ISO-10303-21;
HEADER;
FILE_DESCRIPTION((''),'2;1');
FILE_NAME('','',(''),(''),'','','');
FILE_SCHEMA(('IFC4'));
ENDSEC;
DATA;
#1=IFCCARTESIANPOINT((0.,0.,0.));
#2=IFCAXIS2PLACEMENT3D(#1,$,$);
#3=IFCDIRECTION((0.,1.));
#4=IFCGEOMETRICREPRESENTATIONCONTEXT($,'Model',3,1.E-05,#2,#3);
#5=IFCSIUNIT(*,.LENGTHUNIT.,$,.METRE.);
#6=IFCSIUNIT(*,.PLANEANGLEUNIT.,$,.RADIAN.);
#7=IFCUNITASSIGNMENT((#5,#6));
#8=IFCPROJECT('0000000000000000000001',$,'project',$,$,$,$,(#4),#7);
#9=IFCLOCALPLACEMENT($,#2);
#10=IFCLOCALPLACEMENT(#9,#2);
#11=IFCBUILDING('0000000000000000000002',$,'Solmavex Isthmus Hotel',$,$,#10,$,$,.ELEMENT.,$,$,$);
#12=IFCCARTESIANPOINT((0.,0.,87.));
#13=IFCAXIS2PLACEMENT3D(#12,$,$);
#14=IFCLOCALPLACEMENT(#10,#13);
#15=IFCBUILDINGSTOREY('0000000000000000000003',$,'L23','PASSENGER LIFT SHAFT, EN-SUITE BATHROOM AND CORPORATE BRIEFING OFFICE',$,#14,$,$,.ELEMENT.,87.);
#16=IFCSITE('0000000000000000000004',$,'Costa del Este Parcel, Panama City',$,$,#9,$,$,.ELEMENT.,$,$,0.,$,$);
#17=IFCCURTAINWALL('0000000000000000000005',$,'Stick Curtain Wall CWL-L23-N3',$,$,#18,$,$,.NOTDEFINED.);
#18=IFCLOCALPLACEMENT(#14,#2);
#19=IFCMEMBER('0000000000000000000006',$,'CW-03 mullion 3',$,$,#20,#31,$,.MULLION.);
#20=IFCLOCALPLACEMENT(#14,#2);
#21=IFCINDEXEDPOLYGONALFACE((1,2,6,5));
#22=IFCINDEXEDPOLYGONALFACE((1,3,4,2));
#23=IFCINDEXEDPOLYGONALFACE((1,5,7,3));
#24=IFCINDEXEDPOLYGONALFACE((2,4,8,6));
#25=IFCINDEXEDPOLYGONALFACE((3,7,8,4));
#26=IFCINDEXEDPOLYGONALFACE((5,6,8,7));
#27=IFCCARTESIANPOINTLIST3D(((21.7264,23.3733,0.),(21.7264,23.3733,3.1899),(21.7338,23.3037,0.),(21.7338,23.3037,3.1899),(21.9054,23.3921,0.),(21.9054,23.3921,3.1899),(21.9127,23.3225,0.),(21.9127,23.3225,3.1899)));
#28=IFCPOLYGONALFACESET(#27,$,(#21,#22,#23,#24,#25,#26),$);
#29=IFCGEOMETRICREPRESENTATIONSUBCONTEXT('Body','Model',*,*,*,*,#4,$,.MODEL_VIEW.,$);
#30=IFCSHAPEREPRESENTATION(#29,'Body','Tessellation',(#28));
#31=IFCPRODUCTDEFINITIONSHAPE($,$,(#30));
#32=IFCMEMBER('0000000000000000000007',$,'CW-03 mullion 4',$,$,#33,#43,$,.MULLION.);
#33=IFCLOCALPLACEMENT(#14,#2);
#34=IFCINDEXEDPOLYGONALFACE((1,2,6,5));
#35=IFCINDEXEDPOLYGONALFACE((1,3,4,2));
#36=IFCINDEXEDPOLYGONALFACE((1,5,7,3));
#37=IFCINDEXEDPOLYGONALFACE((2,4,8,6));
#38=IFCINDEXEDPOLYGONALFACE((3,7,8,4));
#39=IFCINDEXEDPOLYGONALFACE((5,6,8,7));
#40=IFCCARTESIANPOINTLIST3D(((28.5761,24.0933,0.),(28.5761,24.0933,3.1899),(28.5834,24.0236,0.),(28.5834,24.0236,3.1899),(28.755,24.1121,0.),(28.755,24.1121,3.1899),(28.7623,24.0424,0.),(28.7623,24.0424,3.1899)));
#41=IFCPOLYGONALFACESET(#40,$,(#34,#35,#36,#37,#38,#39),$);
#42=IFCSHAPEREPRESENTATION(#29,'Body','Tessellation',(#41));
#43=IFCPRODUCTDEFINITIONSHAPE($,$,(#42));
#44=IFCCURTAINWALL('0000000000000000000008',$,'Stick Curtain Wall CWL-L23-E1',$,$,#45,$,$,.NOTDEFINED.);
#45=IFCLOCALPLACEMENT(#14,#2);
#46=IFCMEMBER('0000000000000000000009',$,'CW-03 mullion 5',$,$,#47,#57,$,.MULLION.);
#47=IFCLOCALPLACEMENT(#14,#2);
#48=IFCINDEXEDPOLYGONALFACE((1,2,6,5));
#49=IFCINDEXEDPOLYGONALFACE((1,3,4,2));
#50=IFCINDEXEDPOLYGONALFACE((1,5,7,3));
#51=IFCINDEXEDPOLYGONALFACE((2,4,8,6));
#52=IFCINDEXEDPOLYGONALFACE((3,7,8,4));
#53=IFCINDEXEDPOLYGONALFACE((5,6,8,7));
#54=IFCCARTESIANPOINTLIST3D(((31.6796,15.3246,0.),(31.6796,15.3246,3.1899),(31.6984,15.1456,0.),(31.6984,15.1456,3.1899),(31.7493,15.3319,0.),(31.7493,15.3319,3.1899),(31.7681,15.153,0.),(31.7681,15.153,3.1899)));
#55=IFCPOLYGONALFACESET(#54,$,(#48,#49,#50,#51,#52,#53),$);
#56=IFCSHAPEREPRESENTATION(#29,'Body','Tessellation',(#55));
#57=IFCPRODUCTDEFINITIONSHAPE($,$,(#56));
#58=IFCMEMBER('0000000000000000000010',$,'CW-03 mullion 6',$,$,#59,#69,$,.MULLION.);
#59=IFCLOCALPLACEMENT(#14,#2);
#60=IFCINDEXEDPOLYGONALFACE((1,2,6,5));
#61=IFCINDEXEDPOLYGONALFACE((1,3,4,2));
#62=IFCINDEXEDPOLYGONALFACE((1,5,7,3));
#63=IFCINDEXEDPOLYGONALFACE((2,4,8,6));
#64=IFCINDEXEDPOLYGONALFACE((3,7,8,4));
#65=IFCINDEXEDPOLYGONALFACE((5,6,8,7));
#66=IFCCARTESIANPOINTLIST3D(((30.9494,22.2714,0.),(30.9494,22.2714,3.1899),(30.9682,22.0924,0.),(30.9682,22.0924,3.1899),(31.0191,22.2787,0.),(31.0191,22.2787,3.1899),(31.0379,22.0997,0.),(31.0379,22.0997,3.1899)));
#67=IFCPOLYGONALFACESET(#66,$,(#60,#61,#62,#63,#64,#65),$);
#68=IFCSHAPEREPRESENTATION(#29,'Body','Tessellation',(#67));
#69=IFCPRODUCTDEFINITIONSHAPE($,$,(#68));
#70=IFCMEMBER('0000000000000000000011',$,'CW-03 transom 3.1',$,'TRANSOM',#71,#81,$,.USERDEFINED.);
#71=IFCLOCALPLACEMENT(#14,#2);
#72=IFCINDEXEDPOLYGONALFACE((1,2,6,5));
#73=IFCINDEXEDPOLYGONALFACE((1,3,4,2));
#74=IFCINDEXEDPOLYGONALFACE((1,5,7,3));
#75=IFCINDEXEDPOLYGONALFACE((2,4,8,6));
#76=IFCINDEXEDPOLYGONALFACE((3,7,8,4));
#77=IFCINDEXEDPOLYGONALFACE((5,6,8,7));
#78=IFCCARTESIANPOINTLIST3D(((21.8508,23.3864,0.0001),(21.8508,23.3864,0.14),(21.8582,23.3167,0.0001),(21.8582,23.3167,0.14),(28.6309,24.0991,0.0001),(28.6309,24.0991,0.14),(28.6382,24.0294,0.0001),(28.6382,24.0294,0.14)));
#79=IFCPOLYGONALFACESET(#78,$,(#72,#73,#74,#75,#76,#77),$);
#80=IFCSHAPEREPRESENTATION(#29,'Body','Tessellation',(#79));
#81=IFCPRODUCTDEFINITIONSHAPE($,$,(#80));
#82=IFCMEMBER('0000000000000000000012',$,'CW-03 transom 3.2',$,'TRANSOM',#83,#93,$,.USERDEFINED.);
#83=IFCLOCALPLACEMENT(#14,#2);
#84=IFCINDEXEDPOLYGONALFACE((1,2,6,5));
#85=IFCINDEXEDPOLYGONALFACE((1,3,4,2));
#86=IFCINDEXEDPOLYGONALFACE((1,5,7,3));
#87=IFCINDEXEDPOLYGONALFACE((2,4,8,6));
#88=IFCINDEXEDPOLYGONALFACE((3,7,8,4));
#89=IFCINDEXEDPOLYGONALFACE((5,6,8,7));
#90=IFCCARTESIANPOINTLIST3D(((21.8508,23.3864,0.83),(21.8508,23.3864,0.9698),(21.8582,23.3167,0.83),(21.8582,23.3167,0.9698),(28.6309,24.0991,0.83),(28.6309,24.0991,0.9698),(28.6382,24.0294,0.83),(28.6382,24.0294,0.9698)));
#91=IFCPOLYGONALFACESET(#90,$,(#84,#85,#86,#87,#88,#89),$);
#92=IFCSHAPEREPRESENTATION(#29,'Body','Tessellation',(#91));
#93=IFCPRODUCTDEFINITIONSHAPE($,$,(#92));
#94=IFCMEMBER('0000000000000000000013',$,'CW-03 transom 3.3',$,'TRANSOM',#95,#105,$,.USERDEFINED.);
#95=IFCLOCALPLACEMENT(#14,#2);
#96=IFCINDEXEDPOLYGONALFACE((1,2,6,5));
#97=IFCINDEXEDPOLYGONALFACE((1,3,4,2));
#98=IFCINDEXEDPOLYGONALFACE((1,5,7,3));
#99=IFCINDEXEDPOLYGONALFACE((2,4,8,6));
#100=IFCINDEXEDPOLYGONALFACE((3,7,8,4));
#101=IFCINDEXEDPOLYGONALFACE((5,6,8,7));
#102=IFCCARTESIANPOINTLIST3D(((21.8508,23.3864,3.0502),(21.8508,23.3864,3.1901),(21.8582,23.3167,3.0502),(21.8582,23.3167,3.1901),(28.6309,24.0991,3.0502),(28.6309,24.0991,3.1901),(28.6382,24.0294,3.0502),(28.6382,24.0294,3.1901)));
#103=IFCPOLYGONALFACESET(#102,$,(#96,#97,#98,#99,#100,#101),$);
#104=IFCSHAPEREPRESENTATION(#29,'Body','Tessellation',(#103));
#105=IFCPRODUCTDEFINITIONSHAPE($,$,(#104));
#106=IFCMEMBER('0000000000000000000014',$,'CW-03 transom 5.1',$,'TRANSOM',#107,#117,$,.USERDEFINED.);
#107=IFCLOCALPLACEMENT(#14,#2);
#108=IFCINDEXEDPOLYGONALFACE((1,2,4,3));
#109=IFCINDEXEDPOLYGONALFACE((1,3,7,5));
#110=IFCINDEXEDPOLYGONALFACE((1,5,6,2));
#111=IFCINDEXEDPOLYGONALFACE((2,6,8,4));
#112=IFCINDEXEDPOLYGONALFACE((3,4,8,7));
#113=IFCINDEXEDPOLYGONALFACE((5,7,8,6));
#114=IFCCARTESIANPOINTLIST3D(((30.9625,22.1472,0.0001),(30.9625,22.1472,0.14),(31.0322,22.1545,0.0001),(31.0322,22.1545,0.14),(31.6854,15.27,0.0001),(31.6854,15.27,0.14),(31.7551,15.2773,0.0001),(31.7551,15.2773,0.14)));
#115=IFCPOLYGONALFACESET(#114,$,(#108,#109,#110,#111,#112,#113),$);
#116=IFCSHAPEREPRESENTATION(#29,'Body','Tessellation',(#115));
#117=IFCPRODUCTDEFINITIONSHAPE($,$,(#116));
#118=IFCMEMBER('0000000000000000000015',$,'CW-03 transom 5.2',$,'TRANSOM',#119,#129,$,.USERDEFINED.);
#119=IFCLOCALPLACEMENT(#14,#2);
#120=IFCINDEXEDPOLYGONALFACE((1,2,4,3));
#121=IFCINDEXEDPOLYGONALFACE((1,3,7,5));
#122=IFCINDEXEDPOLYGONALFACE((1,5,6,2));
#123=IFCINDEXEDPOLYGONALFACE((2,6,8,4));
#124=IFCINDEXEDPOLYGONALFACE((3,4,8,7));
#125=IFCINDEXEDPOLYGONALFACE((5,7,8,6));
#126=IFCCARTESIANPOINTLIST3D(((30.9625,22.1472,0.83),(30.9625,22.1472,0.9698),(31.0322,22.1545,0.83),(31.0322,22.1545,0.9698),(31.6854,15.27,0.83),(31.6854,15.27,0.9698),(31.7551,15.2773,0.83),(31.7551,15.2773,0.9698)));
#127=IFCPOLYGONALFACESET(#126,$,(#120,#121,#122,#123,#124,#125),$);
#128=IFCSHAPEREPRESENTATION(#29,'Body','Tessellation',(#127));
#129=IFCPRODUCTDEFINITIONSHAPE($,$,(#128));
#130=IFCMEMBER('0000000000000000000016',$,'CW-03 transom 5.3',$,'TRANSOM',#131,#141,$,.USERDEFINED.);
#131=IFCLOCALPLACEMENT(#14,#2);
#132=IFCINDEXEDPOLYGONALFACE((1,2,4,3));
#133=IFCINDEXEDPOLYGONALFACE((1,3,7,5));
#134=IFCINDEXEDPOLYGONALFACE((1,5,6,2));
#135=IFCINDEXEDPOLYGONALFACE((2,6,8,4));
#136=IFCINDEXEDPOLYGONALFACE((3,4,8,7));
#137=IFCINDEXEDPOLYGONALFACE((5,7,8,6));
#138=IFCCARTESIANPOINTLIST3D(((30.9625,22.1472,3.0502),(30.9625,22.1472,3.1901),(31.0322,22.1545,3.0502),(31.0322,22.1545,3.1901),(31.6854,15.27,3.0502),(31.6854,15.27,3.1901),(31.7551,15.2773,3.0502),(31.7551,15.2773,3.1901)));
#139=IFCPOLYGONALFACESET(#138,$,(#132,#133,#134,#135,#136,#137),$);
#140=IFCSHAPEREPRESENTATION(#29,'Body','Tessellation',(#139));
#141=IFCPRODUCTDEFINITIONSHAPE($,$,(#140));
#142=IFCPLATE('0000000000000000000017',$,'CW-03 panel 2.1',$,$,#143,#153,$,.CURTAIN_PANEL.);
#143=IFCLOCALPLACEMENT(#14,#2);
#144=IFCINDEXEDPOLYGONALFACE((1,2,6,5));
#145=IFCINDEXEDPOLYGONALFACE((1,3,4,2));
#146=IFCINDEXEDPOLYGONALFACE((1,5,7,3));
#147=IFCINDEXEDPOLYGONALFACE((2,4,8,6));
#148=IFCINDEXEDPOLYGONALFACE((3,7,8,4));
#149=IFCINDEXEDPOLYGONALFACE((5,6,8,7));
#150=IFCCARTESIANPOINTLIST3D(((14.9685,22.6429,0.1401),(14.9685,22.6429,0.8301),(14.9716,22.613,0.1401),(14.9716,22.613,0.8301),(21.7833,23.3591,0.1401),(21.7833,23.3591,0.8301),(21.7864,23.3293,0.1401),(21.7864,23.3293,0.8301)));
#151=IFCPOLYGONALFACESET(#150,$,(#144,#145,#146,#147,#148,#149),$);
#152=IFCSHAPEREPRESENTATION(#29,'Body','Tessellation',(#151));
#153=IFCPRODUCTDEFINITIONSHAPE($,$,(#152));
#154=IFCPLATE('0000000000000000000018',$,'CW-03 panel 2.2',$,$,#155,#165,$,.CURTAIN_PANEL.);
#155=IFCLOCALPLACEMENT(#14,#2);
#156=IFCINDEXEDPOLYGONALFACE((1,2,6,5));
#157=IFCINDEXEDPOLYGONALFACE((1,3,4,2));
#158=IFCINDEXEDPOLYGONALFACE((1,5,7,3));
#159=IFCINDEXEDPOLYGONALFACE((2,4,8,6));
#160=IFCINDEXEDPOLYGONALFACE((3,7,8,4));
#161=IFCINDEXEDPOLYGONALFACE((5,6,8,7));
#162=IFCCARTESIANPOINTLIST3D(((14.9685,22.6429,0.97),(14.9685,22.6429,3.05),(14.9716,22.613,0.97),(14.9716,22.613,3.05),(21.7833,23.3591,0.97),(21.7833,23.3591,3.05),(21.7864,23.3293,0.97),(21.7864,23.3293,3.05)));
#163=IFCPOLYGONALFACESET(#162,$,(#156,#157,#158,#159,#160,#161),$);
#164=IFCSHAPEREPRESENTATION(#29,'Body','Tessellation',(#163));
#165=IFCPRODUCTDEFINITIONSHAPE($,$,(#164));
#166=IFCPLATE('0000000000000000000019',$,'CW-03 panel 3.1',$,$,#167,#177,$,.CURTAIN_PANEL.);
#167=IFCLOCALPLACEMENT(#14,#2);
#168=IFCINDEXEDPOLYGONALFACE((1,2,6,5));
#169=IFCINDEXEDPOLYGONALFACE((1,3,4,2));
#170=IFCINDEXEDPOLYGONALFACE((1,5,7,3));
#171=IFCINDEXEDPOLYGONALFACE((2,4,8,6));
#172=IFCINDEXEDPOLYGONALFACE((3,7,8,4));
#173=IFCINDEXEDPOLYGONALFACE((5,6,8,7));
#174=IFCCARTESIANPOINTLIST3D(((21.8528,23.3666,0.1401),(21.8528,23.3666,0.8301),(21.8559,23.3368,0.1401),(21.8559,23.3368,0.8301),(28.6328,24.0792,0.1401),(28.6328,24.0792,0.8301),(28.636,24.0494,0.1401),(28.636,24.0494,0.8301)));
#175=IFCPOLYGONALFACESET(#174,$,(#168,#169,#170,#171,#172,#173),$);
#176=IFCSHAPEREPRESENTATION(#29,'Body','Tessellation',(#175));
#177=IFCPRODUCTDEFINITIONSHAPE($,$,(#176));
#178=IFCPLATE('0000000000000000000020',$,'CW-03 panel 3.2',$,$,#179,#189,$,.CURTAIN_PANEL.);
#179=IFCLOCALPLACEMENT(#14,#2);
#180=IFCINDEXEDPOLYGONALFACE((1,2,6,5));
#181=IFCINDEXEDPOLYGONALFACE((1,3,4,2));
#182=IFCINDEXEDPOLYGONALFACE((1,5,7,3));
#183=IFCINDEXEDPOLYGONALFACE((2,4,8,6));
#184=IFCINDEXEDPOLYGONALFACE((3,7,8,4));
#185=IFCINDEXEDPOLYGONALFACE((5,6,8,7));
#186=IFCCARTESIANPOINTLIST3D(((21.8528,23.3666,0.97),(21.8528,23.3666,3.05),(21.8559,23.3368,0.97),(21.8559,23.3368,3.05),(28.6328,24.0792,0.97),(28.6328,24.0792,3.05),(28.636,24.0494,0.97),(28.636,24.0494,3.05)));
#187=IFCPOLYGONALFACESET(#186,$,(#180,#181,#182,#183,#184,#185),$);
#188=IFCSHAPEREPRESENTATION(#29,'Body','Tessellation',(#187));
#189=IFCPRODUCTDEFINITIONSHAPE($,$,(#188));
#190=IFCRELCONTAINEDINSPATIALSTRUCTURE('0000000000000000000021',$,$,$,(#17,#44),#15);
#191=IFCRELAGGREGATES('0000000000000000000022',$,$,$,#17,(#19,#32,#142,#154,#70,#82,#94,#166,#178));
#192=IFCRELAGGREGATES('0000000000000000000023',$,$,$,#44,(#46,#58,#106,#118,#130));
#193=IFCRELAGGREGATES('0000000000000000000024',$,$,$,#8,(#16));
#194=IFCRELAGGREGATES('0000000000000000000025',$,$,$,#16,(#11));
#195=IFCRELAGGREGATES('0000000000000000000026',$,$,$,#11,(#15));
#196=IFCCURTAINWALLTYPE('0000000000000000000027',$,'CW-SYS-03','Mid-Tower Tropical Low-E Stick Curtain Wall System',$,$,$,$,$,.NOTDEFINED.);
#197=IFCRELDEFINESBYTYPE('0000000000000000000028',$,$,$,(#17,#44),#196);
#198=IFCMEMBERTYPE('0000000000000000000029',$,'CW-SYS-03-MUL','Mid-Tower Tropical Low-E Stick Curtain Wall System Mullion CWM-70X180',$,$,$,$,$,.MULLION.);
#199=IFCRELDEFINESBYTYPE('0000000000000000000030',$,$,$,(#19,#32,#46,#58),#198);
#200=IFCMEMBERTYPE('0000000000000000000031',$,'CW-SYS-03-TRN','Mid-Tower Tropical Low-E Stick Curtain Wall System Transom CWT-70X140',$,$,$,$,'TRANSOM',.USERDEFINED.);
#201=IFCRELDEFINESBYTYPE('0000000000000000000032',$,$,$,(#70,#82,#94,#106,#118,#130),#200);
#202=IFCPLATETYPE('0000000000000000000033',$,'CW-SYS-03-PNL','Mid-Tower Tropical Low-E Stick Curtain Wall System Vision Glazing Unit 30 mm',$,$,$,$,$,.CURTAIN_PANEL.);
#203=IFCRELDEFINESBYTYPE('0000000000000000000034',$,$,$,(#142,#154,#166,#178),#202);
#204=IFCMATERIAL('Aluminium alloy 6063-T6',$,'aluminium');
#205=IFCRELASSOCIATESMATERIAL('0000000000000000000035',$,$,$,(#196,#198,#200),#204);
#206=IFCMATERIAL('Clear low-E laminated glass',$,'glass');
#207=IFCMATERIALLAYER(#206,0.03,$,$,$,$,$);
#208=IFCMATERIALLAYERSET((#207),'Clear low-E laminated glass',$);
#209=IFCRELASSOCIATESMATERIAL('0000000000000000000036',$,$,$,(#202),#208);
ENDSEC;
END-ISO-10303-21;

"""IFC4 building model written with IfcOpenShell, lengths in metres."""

from ifc_helpers import new_model, si_unit, direction, frame, origin, origin_2d, place, context, subcontext, project, spatial, rectangle, extrude, material, layer, layer_set, material_profile, profile_set, type_object, element, aggregate, save


model = new_model("IFC4")

# Units and contexts
model_context = context("Model", 3, precision=1e-05, world=origin(), true_north=direction((0.0, 1.0)))
body_context = subcontext(model_context, "Body", "Model", "MODEL_VIEW")
ifc_project = project(units=[si_unit("LENGTHUNIT", "METRE"), si_unit("PLANEANGLEUNIT", "RADIAN")], contexts=[model_context])

# Site, building, storey
site_placement = place(None, origin())
site = spatial("IfcSite", under=ifc_project, at=site_placement, Name="Costa del Este Parcel, Panama City", CompositionType="ELEMENT", RefElevation=0.0)
building_placement = place(site_placement, origin())
building = spatial("IfcBuilding", under=site, at=building_placement, Name="Solmavex Isthmus Hotel", CompositionType="ELEMENT")
storey_placement = place(building_placement, frame((0.0, 0.0, 87.0)))
storey = spatial("IfcBuildingStorey", under=building, at=storey_placement, Name="L23", Description="PASSENGER LIFT SHAFT, EN-SUITE BATHROOM AND CORPORATE BRIEFING OFFICE", CompositionType="ELEMENT", Elevation=87.0)

# Curtain walls, members
ifc_material_1 = material(Name="Aluminium alloy 6063-T6", Category="aluminium")
curtain_wall_type = type_object("IfcCurtainWallType", Name="CW-SYS-03", Description="Mid-Tower Tropical Low-E Stick Curtain Wall System", PredefinedType="NOTDEFINED", material=ifc_material_1)
curtain_wall_1_placement = place(storey_placement, origin())
curtain_wall_1 = element("IfcCurtainWall", 1, at=curtain_wall_1_placement, inside=storey, type_object=curtain_wall_type, Name="Stick Curtain Wall CWL-L23-N3", PredefinedType="NOTDEFINED")
ifc_material_profile_1 = material_profile(ifc_material_1, rectangle(XDim=0.0701, YDim=0.1799, at=origin_2d()), Name="CWM-70X180")
ifc_profile_set_1 = profile_set([ifc_material_profile_1], Name="Aluminium alloy 6063-T6")
member_type_1 = type_object("IfcMemberType", Name="CW-SYS-03-MUL", Description="Mid-Tower Tropical Low-E Stick Curtain Wall System Mullion CWM-70X180", PredefinedType="MULLION", material=ifc_profile_set_1)
member_1_placement = place(storey_placement, frame((21.8196, 23.3479, 0.0), z_axis=(0.0, 0.0, 1.0), x_axis=(-0.104528, 0.994522, 0.0)))
member_1 = element("IfcMember", 2, at=member_1_placement, type_object=member_type_1, Name="CW-03 mullion 3", PredefinedType="MULLION", context=body_context, shape_type="SweptSolid", body=[
    extrude(rectangle(XDim=0.0701, YDim=0.1799, at=origin_2d()), origin(), (0.0, 0.0, 1.0), 3.1899),
])
member_2_placement = place(storey_placement, frame((28.6692, 24.0679, 0.0), z_axis=(0.0, 0.0, 1.0), x_axis=(-0.104528, 0.994522, 0.0)))
member_2 = element("IfcMember", 3, at=member_2_placement, type_object=member_type_1, Name="CW-03 mullion 4", PredefinedType="MULLION", context=body_context, shape_type="SweptSolid", body=[
    extrude(rectangle(XDim=0.0701, YDim=0.1799, at=origin_2d()), origin(), (0.0, 0.0, 1.0), 3.1899),
])
curtain_wall_2_placement = place(storey_placement, origin())
curtain_wall_2 = element("IfcCurtainWall", 4, at=curtain_wall_2_placement, inside=storey, type_object=curtain_wall_type, Name="Stick Curtain Wall CWL-L23-E1", PredefinedType="NOTDEFINED")
member_3_placement = place(storey_placement, frame((31.7239, 15.2388, 0.0), z_axis=(0.0, 0.0, 1.0), x_axis=(-0.994522, -0.104528, 0.0)))
member_3 = element("IfcMember", 5, at=member_3_placement, type_object=member_type_1, Name="CW-03 mullion 5", PredefinedType="MULLION", context=body_context, shape_type="SweptSolid", body=[
    extrude(rectangle(XDim=0.0701, YDim=0.1799, at=origin_2d()), origin(), (0.0, 0.0, 1.0), 3.1899),
])
member_4_placement = place(storey_placement, frame((30.9937, 22.1855, 0.0), z_axis=(0.0, 0.0, 1.0), x_axis=(-0.994522, -0.104528, 0.0)))
member_4 = element("IfcMember", 6, at=member_4_placement, type_object=member_type_1, Name="CW-03 mullion 6", PredefinedType="MULLION", context=body_context, shape_type="SweptSolid", body=[
    extrude(rectangle(XDim=0.0701, YDim=0.1799, at=origin_2d()), origin(), (0.0, 0.0, 1.0), 3.1899),
])

# Members
ifc_material_profile_2 = material_profile(ifc_material_1, rectangle(XDim=0.0701, YDim=0.1399, at=origin_2d()), Name="CWT-70X140")
ifc_profile_set_2 = profile_set([ifc_material_profile_2], Name="Aluminium alloy 6063-T6")
member_type_2 = type_object("IfcMemberType", Name="CW-SYS-03-TRN", Description="Mid-Tower Tropical Low-E Stick Curtain Wall System Transom CWT-70X140", ElementType="TRANSOM", PredefinedType="USERDEFINED", material=ifc_profile_set_2)
member_5_placement = place(storey_placement, frame((21.8545, 23.3516, 0.0701), z_axis=(0.994521, 0.104534, 0.0), x_axis=(-0.104534, 0.994521, 0.0)))
member_5 = element("IfcMember", 7, at=member_5_placement, type_object=member_type_2, Name="CW-03 transom 3.1", ObjectType="TRANSOM", PredefinedType="USERDEFINED", context=body_context, shape_type="SweptSolid", body=[
    extrude(rectangle(XDim=0.0701, YDim=0.1399, at=origin_2d()), origin(), (0.0, 0.0, 1.0), 6.8174),
])
member_6_placement = place(storey_placement, frame((21.8545, 23.3516, 0.8999), z_axis=(0.994521, 0.104534, 0.0), x_axis=(-0.104534, 0.994521, 0.0)))
member_6 = element("IfcMember", 8, at=member_6_placement, type_object=member_type_2, Name="CW-03 transom 3.2", ObjectType="TRANSOM", PredefinedType="USERDEFINED", context=body_context, shape_type="SweptSolid", body=[
    extrude(rectangle(XDim=0.0701, YDim=0.1399, at=origin_2d()), origin(), (0.0, 0.0, 1.0), 6.8174),
])
member_7_placement = place(storey_placement, frame((21.8545, 23.3516, 3.1201), z_axis=(0.994521, 0.104534, 0.0), x_axis=(-0.104534, 0.994521, 0.0)))
member_7 = element("IfcMember", 9, at=member_7_placement, type_object=member_type_2, Name="CW-03 transom 3.3", ObjectType="TRANSOM", PredefinedType="USERDEFINED", context=body_context, shape_type="SweptSolid", body=[
    extrude(rectangle(XDim=0.0701, YDim=0.1399, at=origin_2d()), origin(), (0.0, 0.0, 1.0), 6.8174),
])
member_8_placement = place(storey_placement, frame((31.7202, 15.2737, 0.0701), z_axis=(-0.10454, 0.994521, 0.0), x_axis=(-0.994521, -0.10454, 0.0)))
member_8 = element("IfcMember", 10, at=member_8_placement, type_object=member_type_2, Name="CW-03 transom 5.1", ObjectType="TRANSOM", PredefinedType="USERDEFINED", context=body_context, shape_type="SweptSolid", body=[
    extrude(rectangle(XDim=0.0701, YDim=0.1399, at=origin_2d()), origin(), (0.0, 0.0, 1.0), 6.915),
])
member_9_placement = place(storey_placement, frame((31.7202, 15.2737, 0.8999), z_axis=(-0.10454, 0.994521, 0.0), x_axis=(-0.994521, -0.10454, 0.0)))
member_9 = element("IfcMember", 11, at=member_9_placement, type_object=member_type_2, Name="CW-03 transom 5.2", ObjectType="TRANSOM", PredefinedType="USERDEFINED", context=body_context, shape_type="SweptSolid", body=[
    extrude(rectangle(XDim=0.0701, YDim=0.1399, at=origin_2d()), origin(), (0.0, 0.0, 1.0), 6.915),
])
member_10_placement = place(storey_placement, frame((31.7202, 15.2737, 3.1201), z_axis=(-0.10454, 0.994521, 0.0), x_axis=(-0.994521, -0.10454, 0.0)))
member_10 = element("IfcMember", 12, at=member_10_placement, type_object=member_type_2, Name="CW-03 transom 5.3", ObjectType="TRANSOM", PredefinedType="USERDEFINED", context=body_context, shape_type="SweptSolid", body=[
    extrude(rectangle(XDim=0.0701, YDim=0.1399, at=origin_2d()), origin(), (0.0, 0.0, 1.0), 6.915),
])

# Plates
ifc_material_2 = material(Name="Clear low-E laminated glass", Category="glass")
ifc_layer_1 = layer(ifc_material_2, 0.03)
ifc_layer_set_1 = layer_set([ifc_layer_1], Name="Clear low-E laminated glass")
plate_type = type_object("IfcPlateType", Name="CW-SYS-03-PNL", Description="Mid-Tower Tropical Low-E Stick Curtain Wall System Vision Glazing Unit 30 mm", PredefinedType="CURTAIN_PANEL", material=ifc_layer_set_1)
plate_1_placement = place(storey_placement, frame((18.3774, 22.9861, 0.1401), z_axis=(0.0, 0.0, 1.0), x_axis=(0.994522, 0.104528, 0.0)))
plate_1 = element("IfcPlate", 13, at=plate_1_placement, type_object=plate_type, Name="CW-03 panel 2.1", PredefinedType="CURTAIN_PANEL", context=body_context, shape_type="SweptSolid", body=[
    extrude(rectangle(XDim=6.8523, YDim=0.03, at=origin_2d()), origin(), (0.0, 0.0, 1.0), 0.6899),
])
plate_2_placement = place(storey_placement, frame((18.3774, 22.9861, 0.97), z_axis=(0.0, 0.0, 1.0), x_axis=(0.994522, 0.104528, 0.0)))
plate_2 = element("IfcPlate", 14, at=plate_2_placement, type_object=plate_type, Name="CW-03 panel 2.2", PredefinedType="CURTAIN_PANEL", context=body_context, shape_type="SweptSolid", body=[
    extrude(rectangle(XDim=6.8523, YDim=0.03, at=origin_2d()), origin(), (0.0, 0.0, 1.0), 2.0801),
])
plate_3_placement = place(storey_placement, frame((25.2444, 23.708, 0.1401), z_axis=(0.0, 0.0, 1.0), x_axis=(0.994522, 0.104528, 0.0)))
plate_3 = element("IfcPlate", 15, at=plate_3_placement, type_object=plate_type, Name="CW-03 panel 3.1", PredefinedType="CURTAIN_PANEL", context=body_context, shape_type="SweptSolid", body=[
    extrude(rectangle(XDim=6.8174, YDim=0.03, at=origin_2d()), origin(), (0.0, 0.0, 1.0), 0.6899),
])
plate_4_placement = place(storey_placement, frame((25.2444, 23.708, 0.97), z_axis=(0.0, 0.0, 1.0), x_axis=(0.994522, 0.104528, 0.0)))
plate_4 = element("IfcPlate", 16, at=plate_4_placement, type_object=plate_type, Name="CW-03 panel 3.2", PredefinedType="CURTAIN_PANEL", context=body_context, shape_type="SweptSolid", body=[
    extrude(rectangle(XDim=6.8174, YDim=0.03, at=origin_2d()), origin(), (0.0, 0.0, 1.0), 2.0801),
])
aggregate(curtain_wall_1, [member_1, member_2, plate_1, plate_2, member_5, member_6, member_7, plate_3, plate_4])
aggregate(curtain_wall_2, [member_3, member_4, member_8, member_9, member_10])

save(model, "model.ifc")
